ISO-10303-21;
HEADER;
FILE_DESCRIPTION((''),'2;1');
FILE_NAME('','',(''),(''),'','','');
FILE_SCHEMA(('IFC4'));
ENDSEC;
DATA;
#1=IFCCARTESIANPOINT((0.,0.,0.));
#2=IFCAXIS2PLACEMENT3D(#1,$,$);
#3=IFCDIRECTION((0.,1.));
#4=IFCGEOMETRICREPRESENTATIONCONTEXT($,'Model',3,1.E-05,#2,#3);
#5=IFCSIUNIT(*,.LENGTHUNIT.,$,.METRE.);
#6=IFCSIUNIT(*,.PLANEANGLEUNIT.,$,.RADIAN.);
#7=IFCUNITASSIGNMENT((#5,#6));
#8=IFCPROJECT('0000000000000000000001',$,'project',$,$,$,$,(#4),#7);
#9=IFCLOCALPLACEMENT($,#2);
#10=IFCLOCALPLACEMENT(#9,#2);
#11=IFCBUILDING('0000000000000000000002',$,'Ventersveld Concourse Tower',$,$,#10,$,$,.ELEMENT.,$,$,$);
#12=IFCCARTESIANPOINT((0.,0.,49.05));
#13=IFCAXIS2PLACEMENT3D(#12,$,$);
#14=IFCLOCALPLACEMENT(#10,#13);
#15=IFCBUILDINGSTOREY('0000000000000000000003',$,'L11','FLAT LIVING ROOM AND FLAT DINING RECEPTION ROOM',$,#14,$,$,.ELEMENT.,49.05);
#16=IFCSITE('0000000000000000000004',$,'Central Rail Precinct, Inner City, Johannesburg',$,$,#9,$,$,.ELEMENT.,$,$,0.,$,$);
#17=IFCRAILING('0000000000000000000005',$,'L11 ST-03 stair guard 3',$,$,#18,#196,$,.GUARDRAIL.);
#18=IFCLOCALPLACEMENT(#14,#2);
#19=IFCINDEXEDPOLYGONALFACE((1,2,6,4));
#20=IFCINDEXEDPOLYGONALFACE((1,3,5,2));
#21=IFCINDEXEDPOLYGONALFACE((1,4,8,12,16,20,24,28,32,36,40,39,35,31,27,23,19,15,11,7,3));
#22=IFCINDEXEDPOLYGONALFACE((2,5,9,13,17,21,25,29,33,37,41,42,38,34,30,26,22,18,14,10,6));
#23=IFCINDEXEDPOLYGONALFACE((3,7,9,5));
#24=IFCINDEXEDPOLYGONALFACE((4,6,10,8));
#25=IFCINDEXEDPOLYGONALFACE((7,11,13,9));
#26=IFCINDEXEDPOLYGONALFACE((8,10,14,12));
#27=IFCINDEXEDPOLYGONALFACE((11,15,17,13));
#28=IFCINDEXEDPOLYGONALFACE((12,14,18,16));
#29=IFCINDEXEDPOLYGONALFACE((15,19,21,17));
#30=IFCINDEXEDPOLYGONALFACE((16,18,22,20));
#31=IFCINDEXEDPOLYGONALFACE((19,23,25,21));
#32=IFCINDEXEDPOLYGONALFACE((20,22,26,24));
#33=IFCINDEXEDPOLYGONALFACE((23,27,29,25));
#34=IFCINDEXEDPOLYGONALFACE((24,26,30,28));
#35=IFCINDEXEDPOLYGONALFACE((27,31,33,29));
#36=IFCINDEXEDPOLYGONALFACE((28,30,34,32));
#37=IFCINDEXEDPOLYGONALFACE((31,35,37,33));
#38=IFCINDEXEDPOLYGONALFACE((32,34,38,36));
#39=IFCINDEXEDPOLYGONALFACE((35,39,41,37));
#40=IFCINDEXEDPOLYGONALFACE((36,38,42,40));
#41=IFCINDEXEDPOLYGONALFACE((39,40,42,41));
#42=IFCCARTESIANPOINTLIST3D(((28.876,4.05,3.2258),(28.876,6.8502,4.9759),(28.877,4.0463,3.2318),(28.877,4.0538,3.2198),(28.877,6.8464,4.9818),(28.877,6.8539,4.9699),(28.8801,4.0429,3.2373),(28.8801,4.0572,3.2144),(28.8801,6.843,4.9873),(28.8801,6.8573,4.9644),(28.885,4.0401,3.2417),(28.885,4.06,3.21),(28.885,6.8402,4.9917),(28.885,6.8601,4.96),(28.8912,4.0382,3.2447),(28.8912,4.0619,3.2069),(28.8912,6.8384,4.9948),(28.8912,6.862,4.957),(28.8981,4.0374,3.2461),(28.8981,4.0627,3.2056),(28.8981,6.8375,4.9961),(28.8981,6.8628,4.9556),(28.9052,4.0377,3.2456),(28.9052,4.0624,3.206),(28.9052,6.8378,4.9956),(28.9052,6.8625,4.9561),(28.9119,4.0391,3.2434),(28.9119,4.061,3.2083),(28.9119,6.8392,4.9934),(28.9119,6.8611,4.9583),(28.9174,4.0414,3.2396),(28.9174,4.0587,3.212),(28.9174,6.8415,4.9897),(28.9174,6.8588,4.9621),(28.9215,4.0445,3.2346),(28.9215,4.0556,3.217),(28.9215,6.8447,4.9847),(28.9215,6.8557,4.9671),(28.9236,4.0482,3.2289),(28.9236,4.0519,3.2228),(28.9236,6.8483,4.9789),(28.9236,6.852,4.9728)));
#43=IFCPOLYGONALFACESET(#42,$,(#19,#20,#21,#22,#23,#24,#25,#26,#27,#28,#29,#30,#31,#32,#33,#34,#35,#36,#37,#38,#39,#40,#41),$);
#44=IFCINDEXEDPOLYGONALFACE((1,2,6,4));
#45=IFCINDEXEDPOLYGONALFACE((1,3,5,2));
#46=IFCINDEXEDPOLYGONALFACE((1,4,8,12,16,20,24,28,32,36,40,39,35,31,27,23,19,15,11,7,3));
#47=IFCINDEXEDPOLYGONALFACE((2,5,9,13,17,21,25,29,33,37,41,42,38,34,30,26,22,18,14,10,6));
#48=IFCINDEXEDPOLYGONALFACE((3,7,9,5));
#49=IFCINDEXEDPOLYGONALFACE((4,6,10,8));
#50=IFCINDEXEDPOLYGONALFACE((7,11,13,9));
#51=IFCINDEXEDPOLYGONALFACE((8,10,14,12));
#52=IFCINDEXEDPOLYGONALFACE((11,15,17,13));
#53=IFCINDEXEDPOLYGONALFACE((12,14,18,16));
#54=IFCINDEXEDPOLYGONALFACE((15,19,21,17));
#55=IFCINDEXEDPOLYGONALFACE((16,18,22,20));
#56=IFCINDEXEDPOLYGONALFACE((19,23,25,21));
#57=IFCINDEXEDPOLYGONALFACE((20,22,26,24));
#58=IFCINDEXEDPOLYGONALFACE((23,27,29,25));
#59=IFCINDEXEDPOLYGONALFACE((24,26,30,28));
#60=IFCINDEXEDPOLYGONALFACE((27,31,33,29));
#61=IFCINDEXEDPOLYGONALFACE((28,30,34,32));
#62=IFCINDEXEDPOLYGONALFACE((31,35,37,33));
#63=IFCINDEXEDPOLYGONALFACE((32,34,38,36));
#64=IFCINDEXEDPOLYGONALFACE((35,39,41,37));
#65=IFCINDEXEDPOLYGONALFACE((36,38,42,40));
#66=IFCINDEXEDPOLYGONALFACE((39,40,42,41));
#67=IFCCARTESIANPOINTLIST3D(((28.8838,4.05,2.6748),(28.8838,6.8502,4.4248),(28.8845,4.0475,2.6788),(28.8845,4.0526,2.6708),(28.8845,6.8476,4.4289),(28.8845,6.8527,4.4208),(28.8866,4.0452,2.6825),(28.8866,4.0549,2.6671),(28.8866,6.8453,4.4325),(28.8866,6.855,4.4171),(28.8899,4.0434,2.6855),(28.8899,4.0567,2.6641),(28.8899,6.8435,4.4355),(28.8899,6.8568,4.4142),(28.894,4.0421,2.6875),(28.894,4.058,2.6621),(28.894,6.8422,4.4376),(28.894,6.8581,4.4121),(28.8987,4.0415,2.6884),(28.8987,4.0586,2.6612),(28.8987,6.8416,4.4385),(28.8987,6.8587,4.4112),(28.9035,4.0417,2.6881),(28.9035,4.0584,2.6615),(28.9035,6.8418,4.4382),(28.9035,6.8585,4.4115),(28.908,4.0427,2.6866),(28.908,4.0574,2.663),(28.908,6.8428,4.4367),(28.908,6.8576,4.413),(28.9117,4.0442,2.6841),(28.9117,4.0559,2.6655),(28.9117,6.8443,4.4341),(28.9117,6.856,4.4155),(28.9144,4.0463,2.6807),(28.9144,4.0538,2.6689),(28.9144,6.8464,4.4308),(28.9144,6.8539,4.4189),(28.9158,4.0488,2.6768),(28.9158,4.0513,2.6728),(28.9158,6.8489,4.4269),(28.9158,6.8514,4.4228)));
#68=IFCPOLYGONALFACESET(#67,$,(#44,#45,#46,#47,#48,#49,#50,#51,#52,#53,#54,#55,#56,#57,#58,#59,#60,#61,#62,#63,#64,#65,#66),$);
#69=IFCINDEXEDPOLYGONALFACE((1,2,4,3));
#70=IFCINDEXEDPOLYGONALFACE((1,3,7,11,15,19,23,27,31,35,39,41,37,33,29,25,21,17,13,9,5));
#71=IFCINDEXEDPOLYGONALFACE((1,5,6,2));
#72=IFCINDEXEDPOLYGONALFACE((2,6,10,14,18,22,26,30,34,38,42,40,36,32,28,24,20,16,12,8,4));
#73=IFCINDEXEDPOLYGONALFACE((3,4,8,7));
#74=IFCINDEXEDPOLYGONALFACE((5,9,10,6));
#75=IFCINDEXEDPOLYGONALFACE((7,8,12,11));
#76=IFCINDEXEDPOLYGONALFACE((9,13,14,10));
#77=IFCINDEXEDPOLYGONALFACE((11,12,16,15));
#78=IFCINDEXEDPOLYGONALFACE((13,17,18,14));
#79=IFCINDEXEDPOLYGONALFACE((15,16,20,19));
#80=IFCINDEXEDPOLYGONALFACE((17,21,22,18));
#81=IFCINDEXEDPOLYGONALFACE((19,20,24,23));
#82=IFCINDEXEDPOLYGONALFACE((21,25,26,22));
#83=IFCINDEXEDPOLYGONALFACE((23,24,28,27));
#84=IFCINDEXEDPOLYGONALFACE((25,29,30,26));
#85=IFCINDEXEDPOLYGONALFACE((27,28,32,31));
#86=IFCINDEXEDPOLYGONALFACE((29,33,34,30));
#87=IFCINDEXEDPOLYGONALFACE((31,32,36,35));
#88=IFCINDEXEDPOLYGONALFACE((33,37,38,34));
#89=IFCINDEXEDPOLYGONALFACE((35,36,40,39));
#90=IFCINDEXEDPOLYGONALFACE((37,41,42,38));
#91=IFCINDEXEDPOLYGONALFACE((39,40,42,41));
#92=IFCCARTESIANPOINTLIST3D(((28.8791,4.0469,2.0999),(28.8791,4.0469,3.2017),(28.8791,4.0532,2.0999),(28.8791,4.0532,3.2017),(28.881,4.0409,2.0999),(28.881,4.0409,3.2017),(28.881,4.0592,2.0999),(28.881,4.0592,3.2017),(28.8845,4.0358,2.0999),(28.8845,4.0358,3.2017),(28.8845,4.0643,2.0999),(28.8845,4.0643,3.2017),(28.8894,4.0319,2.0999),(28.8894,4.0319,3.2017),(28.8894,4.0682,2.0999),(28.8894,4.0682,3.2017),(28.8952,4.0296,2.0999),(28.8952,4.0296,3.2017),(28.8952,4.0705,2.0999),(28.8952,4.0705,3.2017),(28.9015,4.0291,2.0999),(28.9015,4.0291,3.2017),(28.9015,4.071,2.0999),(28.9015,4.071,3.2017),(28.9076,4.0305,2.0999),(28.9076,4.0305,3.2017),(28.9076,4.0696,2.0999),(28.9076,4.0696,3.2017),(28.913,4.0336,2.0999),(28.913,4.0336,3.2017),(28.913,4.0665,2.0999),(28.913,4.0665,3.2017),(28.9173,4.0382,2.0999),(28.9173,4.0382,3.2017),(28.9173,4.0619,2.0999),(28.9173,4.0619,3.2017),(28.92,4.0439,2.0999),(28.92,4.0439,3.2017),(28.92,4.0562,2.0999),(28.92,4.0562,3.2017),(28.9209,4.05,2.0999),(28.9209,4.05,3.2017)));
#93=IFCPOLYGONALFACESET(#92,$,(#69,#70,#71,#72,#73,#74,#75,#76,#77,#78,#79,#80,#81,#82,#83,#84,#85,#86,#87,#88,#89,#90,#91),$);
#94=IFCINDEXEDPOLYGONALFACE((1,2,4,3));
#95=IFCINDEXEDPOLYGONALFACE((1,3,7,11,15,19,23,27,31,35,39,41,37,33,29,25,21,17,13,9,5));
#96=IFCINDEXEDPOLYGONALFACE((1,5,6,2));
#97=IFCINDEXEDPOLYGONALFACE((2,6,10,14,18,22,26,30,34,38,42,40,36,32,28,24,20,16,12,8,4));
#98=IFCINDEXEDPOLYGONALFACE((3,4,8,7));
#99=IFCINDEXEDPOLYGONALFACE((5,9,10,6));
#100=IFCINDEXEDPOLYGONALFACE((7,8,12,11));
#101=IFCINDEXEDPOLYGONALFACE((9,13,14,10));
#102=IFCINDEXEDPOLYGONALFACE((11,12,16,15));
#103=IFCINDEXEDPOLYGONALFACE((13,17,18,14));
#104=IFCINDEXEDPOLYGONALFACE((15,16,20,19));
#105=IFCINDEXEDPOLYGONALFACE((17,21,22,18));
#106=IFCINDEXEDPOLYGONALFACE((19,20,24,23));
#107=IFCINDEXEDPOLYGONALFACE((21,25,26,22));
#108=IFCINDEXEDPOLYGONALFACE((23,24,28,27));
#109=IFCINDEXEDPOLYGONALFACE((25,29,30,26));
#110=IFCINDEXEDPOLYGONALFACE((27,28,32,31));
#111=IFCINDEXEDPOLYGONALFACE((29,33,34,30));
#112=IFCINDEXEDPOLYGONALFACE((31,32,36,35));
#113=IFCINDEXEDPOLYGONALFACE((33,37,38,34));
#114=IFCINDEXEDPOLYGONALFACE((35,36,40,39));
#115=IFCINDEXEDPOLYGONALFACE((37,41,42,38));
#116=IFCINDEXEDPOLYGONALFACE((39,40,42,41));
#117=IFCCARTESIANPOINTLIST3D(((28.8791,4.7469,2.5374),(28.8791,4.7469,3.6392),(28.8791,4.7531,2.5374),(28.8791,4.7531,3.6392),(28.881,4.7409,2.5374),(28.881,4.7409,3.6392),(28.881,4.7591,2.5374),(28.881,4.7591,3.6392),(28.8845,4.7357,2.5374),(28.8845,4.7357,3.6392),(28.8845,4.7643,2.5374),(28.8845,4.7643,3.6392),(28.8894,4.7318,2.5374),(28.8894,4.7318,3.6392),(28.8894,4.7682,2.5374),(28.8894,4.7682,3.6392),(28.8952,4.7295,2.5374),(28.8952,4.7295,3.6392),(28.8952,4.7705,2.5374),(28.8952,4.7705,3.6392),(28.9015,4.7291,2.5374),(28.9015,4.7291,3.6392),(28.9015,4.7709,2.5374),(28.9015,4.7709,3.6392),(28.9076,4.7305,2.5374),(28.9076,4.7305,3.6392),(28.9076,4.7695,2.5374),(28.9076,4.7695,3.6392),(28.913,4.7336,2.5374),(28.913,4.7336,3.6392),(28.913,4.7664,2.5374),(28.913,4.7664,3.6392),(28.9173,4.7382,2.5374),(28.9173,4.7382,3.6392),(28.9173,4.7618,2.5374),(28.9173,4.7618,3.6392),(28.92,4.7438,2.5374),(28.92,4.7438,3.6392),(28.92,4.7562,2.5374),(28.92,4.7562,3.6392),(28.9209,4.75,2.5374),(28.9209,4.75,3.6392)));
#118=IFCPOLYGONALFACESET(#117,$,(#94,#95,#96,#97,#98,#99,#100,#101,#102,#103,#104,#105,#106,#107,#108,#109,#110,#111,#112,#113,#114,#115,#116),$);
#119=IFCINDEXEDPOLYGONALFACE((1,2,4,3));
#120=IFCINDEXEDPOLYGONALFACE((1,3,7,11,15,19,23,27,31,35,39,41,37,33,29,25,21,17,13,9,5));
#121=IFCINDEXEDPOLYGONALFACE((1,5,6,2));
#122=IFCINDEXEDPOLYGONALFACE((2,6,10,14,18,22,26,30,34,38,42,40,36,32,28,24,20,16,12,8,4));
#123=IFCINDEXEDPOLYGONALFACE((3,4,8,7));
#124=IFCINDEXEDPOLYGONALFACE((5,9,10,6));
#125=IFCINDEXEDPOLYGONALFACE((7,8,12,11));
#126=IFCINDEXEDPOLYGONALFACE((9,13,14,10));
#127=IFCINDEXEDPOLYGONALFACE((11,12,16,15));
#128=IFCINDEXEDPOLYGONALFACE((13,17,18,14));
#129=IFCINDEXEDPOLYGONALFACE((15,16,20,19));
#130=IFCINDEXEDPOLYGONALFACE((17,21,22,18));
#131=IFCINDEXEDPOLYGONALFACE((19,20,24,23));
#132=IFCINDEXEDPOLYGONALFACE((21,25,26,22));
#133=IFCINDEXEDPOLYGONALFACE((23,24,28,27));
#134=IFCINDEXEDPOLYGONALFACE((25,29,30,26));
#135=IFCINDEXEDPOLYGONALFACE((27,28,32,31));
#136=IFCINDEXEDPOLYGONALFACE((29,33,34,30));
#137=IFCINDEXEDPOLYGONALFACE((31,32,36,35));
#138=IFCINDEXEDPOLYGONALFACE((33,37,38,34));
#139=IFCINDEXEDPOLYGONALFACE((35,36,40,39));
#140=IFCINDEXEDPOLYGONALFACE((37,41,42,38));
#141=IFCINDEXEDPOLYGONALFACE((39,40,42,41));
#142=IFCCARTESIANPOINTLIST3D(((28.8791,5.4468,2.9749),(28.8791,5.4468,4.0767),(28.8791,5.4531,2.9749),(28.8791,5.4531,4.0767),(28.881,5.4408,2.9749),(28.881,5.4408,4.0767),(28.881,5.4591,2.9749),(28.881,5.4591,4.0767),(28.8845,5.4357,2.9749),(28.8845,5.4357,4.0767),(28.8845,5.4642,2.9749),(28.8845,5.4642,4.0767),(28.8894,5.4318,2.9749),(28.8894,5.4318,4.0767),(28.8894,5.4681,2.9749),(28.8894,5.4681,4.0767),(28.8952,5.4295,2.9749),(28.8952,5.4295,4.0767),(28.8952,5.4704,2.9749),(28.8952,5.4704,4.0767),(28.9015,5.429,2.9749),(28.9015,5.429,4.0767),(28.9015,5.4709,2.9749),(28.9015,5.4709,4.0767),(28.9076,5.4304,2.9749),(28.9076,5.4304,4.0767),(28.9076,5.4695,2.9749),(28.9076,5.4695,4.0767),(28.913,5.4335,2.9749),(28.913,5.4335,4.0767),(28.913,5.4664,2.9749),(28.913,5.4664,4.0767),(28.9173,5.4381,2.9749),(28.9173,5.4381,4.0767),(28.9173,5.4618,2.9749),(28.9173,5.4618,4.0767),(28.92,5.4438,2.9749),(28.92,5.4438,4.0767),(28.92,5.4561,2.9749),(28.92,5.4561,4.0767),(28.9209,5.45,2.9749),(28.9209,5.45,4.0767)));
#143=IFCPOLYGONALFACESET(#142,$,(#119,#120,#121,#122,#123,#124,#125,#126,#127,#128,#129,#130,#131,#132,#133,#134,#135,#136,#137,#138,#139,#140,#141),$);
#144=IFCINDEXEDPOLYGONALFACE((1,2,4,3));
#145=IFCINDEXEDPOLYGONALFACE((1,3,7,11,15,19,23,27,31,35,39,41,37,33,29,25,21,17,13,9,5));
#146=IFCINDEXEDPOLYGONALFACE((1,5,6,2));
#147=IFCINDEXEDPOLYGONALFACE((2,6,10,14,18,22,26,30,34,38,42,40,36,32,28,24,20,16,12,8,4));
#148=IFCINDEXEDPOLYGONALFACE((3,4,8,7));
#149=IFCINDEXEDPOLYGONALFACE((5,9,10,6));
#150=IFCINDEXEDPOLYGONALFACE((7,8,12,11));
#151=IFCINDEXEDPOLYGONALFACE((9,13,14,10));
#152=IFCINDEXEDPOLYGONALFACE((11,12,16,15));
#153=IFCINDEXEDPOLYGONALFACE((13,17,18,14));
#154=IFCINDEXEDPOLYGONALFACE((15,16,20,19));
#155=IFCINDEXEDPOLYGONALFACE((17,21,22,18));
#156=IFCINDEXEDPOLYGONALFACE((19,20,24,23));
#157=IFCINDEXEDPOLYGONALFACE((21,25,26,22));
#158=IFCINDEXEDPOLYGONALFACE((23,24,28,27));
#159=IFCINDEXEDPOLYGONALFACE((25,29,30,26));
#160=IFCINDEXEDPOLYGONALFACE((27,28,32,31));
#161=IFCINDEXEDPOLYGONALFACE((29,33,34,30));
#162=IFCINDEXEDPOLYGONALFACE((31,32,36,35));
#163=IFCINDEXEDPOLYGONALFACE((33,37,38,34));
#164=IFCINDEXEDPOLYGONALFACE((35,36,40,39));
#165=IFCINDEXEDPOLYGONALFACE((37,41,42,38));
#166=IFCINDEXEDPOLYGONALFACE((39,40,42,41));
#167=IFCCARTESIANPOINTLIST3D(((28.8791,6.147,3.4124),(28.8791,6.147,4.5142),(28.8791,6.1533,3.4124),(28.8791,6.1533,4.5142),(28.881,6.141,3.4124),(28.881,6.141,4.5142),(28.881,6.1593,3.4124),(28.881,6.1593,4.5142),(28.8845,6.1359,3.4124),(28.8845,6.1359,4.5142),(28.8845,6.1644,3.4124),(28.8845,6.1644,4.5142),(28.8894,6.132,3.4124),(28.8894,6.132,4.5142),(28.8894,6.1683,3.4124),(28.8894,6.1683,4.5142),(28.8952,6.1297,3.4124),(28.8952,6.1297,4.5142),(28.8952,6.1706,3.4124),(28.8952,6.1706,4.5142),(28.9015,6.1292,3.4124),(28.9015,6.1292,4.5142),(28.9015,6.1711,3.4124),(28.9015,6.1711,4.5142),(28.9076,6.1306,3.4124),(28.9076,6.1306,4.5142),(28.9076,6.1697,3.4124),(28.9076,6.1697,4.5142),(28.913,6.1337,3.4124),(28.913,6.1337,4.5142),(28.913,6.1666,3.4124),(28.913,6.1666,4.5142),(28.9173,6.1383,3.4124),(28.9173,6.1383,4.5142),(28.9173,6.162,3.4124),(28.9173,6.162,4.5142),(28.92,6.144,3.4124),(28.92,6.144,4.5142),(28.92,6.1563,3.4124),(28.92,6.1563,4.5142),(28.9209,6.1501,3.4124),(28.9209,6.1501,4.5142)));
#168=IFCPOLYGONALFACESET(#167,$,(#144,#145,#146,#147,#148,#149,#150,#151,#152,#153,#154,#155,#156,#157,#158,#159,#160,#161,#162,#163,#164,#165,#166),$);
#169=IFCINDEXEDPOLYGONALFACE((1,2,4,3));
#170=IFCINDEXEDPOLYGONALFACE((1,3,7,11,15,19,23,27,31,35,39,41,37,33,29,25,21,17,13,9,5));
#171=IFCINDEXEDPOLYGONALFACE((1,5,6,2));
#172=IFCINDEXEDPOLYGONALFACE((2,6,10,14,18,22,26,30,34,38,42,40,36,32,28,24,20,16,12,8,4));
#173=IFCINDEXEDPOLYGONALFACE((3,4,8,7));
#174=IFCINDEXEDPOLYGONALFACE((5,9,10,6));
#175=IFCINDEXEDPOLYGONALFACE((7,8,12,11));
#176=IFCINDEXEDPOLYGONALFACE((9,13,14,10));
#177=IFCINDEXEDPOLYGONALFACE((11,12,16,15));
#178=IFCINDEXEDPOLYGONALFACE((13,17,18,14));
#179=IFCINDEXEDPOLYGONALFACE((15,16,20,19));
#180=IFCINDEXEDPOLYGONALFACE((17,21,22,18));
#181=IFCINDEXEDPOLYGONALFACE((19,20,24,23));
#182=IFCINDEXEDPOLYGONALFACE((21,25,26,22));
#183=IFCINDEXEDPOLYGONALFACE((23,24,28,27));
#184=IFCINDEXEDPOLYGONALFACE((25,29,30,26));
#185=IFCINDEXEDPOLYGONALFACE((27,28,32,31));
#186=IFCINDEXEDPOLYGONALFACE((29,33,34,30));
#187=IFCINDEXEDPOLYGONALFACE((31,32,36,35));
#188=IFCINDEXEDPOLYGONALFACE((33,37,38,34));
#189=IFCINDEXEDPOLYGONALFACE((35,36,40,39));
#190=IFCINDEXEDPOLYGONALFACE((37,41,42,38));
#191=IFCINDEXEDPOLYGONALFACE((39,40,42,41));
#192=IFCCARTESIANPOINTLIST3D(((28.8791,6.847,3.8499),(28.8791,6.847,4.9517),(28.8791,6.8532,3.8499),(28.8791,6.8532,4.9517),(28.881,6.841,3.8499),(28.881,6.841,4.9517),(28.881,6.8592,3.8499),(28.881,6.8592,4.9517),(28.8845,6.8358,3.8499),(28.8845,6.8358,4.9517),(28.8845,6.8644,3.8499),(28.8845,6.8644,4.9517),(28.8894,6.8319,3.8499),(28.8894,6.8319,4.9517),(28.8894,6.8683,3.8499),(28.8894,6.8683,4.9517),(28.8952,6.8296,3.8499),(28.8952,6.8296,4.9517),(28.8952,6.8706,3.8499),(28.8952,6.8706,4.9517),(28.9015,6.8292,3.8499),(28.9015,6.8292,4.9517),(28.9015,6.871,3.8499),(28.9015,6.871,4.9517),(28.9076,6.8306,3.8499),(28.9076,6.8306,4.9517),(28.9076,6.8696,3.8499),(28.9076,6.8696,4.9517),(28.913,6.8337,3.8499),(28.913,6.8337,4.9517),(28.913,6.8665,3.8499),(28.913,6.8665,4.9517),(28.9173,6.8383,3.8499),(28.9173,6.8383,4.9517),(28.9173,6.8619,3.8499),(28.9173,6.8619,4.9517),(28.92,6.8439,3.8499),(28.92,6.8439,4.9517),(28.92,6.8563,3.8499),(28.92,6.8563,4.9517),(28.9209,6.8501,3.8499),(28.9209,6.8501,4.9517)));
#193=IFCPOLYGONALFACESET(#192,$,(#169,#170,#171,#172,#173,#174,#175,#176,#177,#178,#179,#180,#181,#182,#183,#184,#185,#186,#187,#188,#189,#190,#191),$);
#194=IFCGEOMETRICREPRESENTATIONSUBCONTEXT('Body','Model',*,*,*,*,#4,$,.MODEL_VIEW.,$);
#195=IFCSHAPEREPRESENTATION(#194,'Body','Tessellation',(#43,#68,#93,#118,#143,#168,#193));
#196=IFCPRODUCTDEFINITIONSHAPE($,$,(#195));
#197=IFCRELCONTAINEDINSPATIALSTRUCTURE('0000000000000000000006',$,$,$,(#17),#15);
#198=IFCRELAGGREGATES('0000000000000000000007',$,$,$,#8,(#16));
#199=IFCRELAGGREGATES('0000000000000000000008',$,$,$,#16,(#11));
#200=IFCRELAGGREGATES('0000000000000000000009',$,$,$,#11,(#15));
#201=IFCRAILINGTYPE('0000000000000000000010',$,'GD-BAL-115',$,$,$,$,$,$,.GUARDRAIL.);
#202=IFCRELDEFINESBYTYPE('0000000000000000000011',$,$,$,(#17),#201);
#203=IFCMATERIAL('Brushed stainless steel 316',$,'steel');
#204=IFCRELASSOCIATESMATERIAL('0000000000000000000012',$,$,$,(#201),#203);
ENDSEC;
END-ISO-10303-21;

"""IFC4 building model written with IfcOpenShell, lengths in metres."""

from ifc_helpers import new_model, si_unit, direction, frame, origin, origin_2d, place, context, subcontext, project, spatial, circle, extrude, material, type_object, element, save


model = new_model("IFC4")

# Units and contexts
model_context = context("Model", 3, precision=1e-05, world=origin(), true_north=direction((0.0, 1.0)))
body_context = subcontext(model_context, "Body", "Model", "MODEL_VIEW")
ifc_project = project(units=[si_unit("LENGTHUNIT", "METRE"), si_unit("PLANEANGLEUNIT", "RADIAN")], contexts=[model_context])

# Site, building, storey
site_placement = place(None, origin())
site = spatial("IfcSite", under=ifc_project, at=site_placement, Name="Central Rail Precinct, Inner City, Johannesburg", CompositionType="ELEMENT", RefElevation=0.0)
building_placement = place(site_placement, origin())
building = spatial("IfcBuilding", under=site, at=building_placement, Name="Ventersveld Concourse Tower", CompositionType="ELEMENT")
storey_placement = place(building_placement, frame((0.0, 0.0, 49.05)))
storey = spatial("IfcBuildingStorey", under=building, at=storey_placement, Name="L11", Description="FLAT LIVING ROOM AND FLAT DINING RECEPTION ROOM", CompositionType="ELEMENT", Elevation=49.05)

# Railing
ifc_material_1 = material(Name="Brushed stainless steel 316", Category="steel")
railing_type_1 = type_object("IfcRailingType", Name="GD-BAL-115", PredefinedType="GUARDRAIL", material=ifc_material_1)
railing_1_placement = place(storey_placement, frame((28.8999, 4.05, 2.0999)))
element("IfcRailing", 1, at=railing_1_placement, inside=storey, type_object=railing_type_1, Name="L11 ST-03 stair guard 3", PredefinedType="GUARDRAIL", context=body_context, shape_type="SweptSolid", body=[
    extrude(circle(Radius=0.0239, at=origin_2d()), frame((0.0, 0.0, 1.126), z_axis=(0.0, 0.848002, 0.529992), x_axis=(-1.0, 0.0, 0.0)), (0.0, 0.0, 1.0), 3.302),
    extrude(circle(Radius=0.0161, at=origin_2d()), frame((0.0, 0.0, 0.575), z_axis=(0.0, 0.848002, 0.529992), x_axis=(-1.0, 0.0, 0.0)), (0.0, 0.0, 1.0), 3.302),
    extrude(circle(Radius=0.021, at=origin_2d()), origin(), (0.0, 0.0, 1.0), 1.1018),
    extrude(circle(Radius=0.021, at=origin_2d()), frame((0.0, 0.7, 0.4375)), (0.0, 0.0, 1.0), 1.1018),
    extrude(circle(Radius=0.021, at=origin_2d()), frame((0.0, 1.3999, 0.875)), (0.0, 0.0, 1.0), 1.1018),
    extrude(circle(Radius=0.021, at=origin_2d()), frame((0.0, 2.1001, 1.3125)), (0.0, 0.0, 1.0), 1.1018),
    extrude(circle(Radius=0.021, at=origin_2d()), frame((0.0, 2.8, 1.75)), (0.0, 0.0, 1.0), 1.1018),
])

save(model, "model.ifc")
